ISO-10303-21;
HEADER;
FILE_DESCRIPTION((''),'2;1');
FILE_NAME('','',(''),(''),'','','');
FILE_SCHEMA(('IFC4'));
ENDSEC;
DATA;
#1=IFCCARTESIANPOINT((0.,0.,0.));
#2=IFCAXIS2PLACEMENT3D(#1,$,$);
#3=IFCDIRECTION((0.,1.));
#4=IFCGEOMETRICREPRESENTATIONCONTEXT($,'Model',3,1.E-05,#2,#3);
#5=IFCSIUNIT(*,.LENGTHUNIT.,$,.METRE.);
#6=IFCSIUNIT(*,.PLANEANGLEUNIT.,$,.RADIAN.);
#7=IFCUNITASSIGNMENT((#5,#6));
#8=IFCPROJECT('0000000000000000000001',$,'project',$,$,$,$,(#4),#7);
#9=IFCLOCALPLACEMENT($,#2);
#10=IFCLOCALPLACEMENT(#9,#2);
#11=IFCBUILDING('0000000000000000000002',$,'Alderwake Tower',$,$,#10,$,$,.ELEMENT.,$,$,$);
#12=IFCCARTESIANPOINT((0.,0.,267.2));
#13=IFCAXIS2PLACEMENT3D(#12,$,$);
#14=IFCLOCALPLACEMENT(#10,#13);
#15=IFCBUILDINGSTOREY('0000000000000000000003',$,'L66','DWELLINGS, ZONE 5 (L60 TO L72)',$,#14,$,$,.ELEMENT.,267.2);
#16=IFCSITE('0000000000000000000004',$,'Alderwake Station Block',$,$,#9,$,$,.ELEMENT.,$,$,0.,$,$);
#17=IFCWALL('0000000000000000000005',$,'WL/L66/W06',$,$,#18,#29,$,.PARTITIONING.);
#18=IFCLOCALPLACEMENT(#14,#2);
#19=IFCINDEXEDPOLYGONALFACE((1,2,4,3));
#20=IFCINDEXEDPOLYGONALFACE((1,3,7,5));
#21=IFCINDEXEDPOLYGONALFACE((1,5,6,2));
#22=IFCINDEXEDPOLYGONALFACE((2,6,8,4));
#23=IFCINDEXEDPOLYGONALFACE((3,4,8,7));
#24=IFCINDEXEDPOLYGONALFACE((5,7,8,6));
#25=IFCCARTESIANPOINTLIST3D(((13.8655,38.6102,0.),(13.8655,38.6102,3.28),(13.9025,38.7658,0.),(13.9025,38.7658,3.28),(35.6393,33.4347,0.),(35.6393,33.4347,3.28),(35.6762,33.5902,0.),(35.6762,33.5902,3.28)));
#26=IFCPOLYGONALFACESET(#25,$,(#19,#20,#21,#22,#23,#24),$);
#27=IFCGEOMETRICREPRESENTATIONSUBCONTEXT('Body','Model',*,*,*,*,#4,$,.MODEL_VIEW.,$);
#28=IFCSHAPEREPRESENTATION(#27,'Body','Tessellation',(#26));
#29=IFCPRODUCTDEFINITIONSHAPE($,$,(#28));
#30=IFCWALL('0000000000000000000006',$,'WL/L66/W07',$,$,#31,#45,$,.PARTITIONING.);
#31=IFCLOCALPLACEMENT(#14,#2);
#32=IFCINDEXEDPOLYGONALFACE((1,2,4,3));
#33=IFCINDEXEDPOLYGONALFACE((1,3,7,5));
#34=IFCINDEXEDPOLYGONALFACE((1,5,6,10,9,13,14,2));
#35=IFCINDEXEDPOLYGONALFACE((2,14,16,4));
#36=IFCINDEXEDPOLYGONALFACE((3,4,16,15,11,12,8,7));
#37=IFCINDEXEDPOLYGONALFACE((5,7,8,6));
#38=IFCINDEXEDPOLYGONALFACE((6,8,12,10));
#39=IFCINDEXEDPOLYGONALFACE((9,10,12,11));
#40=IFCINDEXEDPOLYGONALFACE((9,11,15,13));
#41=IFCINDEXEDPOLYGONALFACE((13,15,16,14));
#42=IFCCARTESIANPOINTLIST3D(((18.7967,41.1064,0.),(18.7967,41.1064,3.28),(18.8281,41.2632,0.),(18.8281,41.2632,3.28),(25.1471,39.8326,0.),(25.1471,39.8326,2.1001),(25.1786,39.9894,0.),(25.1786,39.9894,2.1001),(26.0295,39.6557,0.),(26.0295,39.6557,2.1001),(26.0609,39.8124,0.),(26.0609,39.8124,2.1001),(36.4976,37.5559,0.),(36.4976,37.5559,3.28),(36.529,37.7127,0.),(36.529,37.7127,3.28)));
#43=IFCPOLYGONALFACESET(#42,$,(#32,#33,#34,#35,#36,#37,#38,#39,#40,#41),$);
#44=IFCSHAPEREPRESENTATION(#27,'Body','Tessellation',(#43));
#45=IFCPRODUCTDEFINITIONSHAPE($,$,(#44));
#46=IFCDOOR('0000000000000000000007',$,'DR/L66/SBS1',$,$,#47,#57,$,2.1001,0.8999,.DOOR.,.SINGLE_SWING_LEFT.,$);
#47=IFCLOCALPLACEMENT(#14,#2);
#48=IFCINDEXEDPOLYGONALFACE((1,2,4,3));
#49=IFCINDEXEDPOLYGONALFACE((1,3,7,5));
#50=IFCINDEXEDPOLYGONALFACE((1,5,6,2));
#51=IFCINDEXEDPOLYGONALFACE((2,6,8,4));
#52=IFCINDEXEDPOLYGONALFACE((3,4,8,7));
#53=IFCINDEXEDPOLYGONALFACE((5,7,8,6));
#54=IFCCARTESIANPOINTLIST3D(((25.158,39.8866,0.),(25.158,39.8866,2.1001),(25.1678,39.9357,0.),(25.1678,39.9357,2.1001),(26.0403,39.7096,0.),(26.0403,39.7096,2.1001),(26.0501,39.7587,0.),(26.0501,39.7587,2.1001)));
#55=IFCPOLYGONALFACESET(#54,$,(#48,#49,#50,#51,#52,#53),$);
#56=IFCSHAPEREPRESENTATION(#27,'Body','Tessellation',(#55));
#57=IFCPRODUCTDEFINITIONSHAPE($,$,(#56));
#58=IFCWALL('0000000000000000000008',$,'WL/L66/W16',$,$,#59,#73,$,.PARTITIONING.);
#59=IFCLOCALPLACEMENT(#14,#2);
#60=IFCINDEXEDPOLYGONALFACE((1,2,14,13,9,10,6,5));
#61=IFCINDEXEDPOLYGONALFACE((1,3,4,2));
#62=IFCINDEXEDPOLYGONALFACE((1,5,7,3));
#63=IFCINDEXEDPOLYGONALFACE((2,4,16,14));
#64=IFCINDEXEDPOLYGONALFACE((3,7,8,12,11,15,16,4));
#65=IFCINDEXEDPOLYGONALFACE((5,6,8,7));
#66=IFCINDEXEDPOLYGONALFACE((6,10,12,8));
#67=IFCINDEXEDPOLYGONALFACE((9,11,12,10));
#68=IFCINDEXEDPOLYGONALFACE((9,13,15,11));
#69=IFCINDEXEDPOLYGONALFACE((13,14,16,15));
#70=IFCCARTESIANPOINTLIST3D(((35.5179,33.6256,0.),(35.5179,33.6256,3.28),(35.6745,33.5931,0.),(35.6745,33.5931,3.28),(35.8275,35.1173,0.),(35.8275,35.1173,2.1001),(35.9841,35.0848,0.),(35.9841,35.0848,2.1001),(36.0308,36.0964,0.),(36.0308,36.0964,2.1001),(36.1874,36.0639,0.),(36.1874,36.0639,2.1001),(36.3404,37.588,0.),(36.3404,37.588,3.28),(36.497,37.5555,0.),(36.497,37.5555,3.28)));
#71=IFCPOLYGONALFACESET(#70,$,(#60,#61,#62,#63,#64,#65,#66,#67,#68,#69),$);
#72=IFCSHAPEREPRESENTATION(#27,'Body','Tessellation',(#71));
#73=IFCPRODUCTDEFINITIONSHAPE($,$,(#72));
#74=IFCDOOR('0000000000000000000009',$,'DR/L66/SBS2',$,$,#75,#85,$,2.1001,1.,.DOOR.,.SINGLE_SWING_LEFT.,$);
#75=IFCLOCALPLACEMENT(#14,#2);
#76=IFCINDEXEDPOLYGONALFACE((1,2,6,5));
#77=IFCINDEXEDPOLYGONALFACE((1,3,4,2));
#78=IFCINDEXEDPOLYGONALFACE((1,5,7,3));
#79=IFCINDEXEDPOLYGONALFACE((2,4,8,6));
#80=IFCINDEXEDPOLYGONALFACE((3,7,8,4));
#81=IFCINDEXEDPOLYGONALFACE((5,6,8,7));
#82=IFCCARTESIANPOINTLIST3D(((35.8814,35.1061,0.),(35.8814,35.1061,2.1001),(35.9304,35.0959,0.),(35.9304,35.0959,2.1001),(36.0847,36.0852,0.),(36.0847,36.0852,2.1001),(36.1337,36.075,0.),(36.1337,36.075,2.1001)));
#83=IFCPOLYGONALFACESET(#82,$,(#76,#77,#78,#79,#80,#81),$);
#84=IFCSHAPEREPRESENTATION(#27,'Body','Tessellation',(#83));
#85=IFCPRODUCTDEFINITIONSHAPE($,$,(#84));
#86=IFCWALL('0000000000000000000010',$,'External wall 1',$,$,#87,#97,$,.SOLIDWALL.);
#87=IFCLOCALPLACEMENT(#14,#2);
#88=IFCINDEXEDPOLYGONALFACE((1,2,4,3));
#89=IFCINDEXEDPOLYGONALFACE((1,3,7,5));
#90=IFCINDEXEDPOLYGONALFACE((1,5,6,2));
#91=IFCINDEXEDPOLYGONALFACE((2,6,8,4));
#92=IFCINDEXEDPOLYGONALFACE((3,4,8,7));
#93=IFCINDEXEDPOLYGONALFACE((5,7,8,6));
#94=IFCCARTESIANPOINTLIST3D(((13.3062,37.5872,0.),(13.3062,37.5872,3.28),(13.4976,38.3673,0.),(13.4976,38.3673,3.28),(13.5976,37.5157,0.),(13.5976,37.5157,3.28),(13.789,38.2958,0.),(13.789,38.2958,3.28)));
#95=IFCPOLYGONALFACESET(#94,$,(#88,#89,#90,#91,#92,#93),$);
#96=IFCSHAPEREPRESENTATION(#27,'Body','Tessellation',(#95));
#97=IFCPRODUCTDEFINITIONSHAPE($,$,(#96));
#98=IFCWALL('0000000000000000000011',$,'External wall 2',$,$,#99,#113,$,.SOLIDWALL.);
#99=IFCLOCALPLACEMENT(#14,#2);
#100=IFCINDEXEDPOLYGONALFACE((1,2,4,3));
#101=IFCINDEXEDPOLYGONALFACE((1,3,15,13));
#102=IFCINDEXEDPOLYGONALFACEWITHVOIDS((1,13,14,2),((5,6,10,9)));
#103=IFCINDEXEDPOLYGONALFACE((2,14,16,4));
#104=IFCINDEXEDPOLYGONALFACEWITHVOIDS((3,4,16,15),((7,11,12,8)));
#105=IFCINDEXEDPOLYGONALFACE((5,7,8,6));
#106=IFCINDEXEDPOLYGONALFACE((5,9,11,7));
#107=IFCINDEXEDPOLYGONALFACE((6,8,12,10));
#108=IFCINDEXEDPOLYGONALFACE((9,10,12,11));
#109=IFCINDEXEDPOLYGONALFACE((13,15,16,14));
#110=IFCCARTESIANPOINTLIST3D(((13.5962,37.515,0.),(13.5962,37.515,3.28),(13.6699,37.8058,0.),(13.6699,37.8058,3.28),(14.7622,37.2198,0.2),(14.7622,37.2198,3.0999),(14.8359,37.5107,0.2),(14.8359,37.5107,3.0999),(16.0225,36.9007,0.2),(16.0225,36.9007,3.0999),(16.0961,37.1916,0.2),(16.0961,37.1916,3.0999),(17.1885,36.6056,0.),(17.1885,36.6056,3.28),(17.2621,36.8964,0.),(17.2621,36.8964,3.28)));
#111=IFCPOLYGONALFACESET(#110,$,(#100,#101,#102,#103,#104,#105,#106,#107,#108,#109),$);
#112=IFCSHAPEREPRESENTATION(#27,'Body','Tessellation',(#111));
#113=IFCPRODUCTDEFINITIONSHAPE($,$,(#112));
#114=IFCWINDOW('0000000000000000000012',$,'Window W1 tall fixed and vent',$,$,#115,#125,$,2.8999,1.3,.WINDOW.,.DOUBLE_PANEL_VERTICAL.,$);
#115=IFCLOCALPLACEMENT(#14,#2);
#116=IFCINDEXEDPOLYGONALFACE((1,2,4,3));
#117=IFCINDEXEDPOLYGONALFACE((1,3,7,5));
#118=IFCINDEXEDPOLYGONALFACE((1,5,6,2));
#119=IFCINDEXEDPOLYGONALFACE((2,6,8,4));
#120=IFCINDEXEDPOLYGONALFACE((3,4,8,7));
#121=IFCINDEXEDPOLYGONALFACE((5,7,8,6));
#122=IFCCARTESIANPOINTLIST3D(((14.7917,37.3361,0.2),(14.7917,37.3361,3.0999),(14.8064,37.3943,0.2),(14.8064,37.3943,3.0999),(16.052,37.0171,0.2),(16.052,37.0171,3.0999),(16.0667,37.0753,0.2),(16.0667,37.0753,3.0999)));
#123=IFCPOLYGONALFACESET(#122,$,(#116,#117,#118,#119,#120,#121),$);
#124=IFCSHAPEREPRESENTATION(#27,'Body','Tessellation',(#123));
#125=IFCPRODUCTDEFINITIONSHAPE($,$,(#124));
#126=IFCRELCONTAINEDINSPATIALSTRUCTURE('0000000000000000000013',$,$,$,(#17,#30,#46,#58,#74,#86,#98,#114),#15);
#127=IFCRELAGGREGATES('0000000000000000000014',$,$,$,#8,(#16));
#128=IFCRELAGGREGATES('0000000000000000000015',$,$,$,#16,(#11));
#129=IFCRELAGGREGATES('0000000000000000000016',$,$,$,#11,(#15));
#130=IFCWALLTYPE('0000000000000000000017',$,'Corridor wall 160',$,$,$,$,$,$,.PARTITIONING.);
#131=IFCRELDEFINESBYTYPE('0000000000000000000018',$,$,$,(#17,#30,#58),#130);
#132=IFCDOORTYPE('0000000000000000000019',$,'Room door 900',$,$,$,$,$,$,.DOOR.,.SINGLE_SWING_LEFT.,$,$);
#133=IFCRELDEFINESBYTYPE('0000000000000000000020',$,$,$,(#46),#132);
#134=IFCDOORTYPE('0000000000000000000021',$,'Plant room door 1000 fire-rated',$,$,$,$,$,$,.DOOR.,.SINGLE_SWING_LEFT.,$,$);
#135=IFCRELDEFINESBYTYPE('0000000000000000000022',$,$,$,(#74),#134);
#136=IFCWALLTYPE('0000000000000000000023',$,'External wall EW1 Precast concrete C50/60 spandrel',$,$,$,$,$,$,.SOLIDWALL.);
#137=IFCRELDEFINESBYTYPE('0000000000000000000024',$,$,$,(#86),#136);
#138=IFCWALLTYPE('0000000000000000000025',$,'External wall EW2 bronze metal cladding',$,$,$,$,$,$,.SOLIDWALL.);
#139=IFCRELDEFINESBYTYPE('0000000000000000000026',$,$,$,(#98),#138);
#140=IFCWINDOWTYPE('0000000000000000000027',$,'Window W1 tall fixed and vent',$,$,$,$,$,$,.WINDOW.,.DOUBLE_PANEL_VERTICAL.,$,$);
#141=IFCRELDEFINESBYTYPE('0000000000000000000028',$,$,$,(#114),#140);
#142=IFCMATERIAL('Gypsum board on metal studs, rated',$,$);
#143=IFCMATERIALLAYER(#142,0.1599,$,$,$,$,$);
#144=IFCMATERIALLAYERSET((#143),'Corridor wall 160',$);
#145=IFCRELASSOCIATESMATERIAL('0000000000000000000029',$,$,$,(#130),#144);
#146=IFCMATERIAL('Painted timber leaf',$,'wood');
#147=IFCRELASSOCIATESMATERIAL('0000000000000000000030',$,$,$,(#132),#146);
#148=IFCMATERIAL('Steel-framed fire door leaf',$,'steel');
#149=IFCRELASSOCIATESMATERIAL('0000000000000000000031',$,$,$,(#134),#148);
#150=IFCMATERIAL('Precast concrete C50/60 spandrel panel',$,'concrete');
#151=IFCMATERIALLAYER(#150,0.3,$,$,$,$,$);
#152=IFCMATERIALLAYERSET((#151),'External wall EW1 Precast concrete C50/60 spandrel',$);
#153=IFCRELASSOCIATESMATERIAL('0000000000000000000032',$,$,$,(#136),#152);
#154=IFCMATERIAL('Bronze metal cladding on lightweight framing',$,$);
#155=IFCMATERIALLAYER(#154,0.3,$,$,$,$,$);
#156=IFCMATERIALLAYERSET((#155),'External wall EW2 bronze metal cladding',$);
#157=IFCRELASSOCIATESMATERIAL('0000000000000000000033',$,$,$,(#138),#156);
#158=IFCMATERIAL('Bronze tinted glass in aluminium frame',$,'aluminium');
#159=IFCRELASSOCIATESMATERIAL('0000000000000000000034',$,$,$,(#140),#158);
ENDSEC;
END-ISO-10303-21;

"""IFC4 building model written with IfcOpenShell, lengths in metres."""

from ifc_helpers import new_model, si_unit, direction, frame, frame_2d, origin, place, context, subcontext, project, spatial, rectangle, extrude, material, layer, layer_set, type_object, element, fill, save


model = new_model("IFC4")

# Units and contexts
model_context = context("Model", 3, precision=1e-05, world=origin(), true_north=direction((0.0, 1.0)))
body_context = subcontext(model_context, "Body", "Model", "MODEL_VIEW")
ifc_project = project(units=[si_unit("LENGTHUNIT", "METRE"), si_unit("PLANEANGLEUNIT", "RADIAN")], contexts=[model_context])

# Site, building, storey
site_placement = place(None, origin())
site = spatial("IfcSite", under=ifc_project, at=site_placement, Name="Alderwake Station Block", CompositionType="ELEMENT", RefElevation=0.0)
building_placement = place(site_placement, origin())
building = spatial("IfcBuilding", under=site, at=building_placement, Name="Alderwake Tower", CompositionType="ELEMENT")
storey_placement = place(building_placement, frame((0.0, 0.0, 267.2)))
storey = spatial("IfcBuildingStorey", under=building, at=storey_placement, Name="L66", Description="DWELLINGS, ZONE 5 (L60 TO L72)", CompositionType="ELEMENT", Elevation=267.2)

# Wall
ifc_material_1 = material(Name="Gypsum board on metal studs, rated")
ifc_layer_1 = layer(ifc_material_1, 0.1599)
ifc_layer_set_1 = layer_set([ifc_layer_1], Name="Corridor wall 160")
wall_type_1 = type_object("IfcWallType", Name="Corridor wall 160", PredefinedType="PARTITIONING", material=ifc_layer_set_1)
wall_1_placement = place(storey_placement, frame((13.884, 38.688, 0.0), z_axis=(0.0, 0.0, 1.0), x_axis=(0.972893, -0.231254, 0.0)))
element("IfcWall", 1, at=wall_1_placement, inside=storey, type_object=wall_type_1, Name="WL/L66/W06", PredefinedType="PARTITIONING", context=body_context, shape_type="SweptSolid", body=[
    extrude(rectangle(XDim=22.3804, YDim=0.1599, at=frame_2d((11.1902, 0.0))), origin(), (0.0, 0.0, 1.0), 3.28),
])

# Walls, openings, doors
wall_2_placement = place(storey_placement, frame((36.5134, 37.6343, 0.0), z_axis=(0.0, 0.0, 1.0), x_axis=(-0.98047, 0.196667, 0.0)))
wall_2 = element("IfcWall", 2, at=wall_2_placement, inside=storey, type_object=wall_type_1, Name="WL/L66/W07", PredefinedType="PARTITIONING", context=body_context, shape_type="SweptSolid", body=[
    extrude(rectangle(XDim=18.0535, YDim=0.1599, at=frame_2d((9.0269, 0.0))), origin(), (0.0, 0.0, 1.0), 3.28),
])
opening_1_placement = place(wall_2_placement, frame((10.6768, 0.0, 0.0)))
opening_1 = element("IfcOpeningElement", 3, at=opening_1_placement, cuts=wall_2, PredefinedType="OPENING", context=body_context, shape_type="SweptSolid", body=[
    extrude(rectangle(XDim=0.8999, YDim=2.1001, at=frame_2d((0.45, 1.05))), frame((0.0, 0.0898, 0.0), z_axis=(0.0, -1.0, 0.0), x_axis=(1.0, 0.0, 0.0)), (0.0, 0.0, 1.0), 0.1799),
])
ifc_material_2 = material(Name="Painted timber leaf", Category="wood")
door_type_1 = type_object("IfcDoorType", Name="Room door 900", OperationType="SINGLE_SWING_LEFT", PredefinedType="DOOR", material=ifc_material_2)
door_1_placement = place(opening_1_placement, origin())
door_1 = element("IfcDoor", 4, at=door_1_placement, inside=storey, type_object=door_type_1, Name="DR/L66/SBS1", OperationType="SINGLE_SWING_LEFT", OverallHeight=2.1001, OverallWidth=0.8999, PredefinedType="DOOR", context=body_context, shape_type="SweptSolid", body=[
    extrude(rectangle(XDim=0.8999, YDim=2.1001, at=frame_2d((0.45, 1.05))), frame((0.0, 0.0249, 0.0), z_axis=(0.0, -1.0, 0.0), x_axis=(1.0, 0.0, 0.0)), (0.0, 0.0, 1.0), 0.05),
])
fill(opening_1, door_1)
wall_3_placement = place(storey_placement, frame((35.5962, 33.6094, 0.0), z_axis=(0.0, 0.0, 1.0), x_axis=(0.203246, 0.979128, 0.0)))
wall_3 = element("IfcWall", 5, at=wall_3_placement, inside=storey, type_object=wall_type_1, Name="WL/L66/W16", PredefinedType="PARTITIONING", context=body_context, shape_type="SweptSolid", body=[
    extrude(rectangle(XDim=4.0469, YDim=0.1599, at=frame_2d((2.0234, 0.0))), origin(), (0.0, 0.0, 1.0), 3.28),
])
opening_2_placement = place(wall_3_placement, frame((1.5234, 0.0, 0.0)))
opening_2 = element("IfcOpeningElement", 6, at=opening_2_placement, cuts=wall_3, PredefinedType="OPENING", context=body_context, shape_type="SweptSolid", body=[
    extrude(rectangle(XDim=1.0, YDim=2.1001, at=frame_2d((0.5, 1.05))), frame((0.0, 0.0898, 0.0), z_axis=(0.0, -1.0, 0.0), x_axis=(1.0, 0.0, 0.0)), (0.0, 0.0, 1.0), 0.1799),
])
ifc_material_3 = material(Name="Steel-framed fire door leaf", Category="steel")
door_type_2 = type_object("IfcDoorType", Name="Plant room door 1000 fire-rated", OperationType="SINGLE_SWING_LEFT", PredefinedType="DOOR", material=ifc_material_3)
door_2_placement = place(opening_2_placement, origin())
door_2 = element("IfcDoor", 7, at=door_2_placement, inside=storey, type_object=door_type_2, Name="DR/L66/SBS2", OperationType="SINGLE_SWING_LEFT", OverallHeight=2.1001, OverallWidth=1.0, PredefinedType="DOOR", context=body_context, shape_type="SweptSolid", body=[
    extrude(rectangle(XDim=1.0, YDim=2.1001, at=frame_2d((0.5, 1.05))), frame((0.0, 0.0249, 0.0), z_axis=(0.0, -1.0, 0.0), x_axis=(1.0, 0.0, 0.0)), (0.0, 0.0, 1.0), 0.05),
])
fill(opening_2, door_2)

# Wall
ifc_material_4 = material(Name="Precast concrete C50/60 spandrel panel", Category="concrete")
ifc_layer_2 = layer(ifc_material_4, 0.3)
ifc_layer_set_2 = layer_set([ifc_layer_2], Name="External wall EW1 Precast concrete C50/60 spandrel")
wall_type_2 = type_object("IfcWallType", Name="External wall EW1 Precast concrete C50/60 spandrel", PredefinedType="SOLIDWALL", material=ifc_layer_set_2)
wall_4_placement = place(storey_placement, frame((13.6433, 38.3315, 0.0), z_axis=(0.0, 0.0, 1.0), x_axis=(-0.238313, -0.971188, 0.0)))
element("IfcWall", 8, at=wall_4_placement, inside=storey, type_object=wall_type_2, Name="External wall 1", PredefinedType="SOLIDWALL", context=body_context, shape_type="SweptSolid", body=[
    extrude(rectangle(XDim=0.8032, YDim=0.3, at=frame_2d((0.4016, 0.0))), origin(), (0.0, 0.0, 1.0), 3.28),
])

# Wall, opening, window
ifc_material_5 = material(Name="Bronze metal cladding on lightweight framing")
ifc_layer_3 = layer(ifc_material_5, 0.3)
ifc_layer_set_3 = layer_set([ifc_layer_3], Name="External wall EW2 bronze metal cladding")
wall_type_3 = type_object("IfcWallType", Name="External wall EW2 bronze metal cladding", PredefinedType="SOLIDWALL", material=ifc_layer_set_3)
wall_5_placement = place(storey_placement, frame((13.6331, 37.6604, 0.0), z_axis=(0.0, 0.0, 1.0), x_axis=(0.969417, -0.245418, 0.0)))
wall_5 = element("IfcWall", 9, at=wall_5_placement, inside=storey, type_object=wall_type_3, Name="External wall 2", PredefinedType="SOLIDWALL", context=body_context, shape_type="SweptSolid", body=[
    extrude(rectangle(XDim=3.7056, YDim=0.3, at=frame_2d((1.8528, 0.0))), origin(), (0.0, 0.0, 1.0), 3.28),
])
opening_3_placement = place(wall_5_placement, frame((1.2029, 0.0, 0.2)))
opening_3 = element("IfcOpeningElement", 10, at=opening_3_placement, cuts=wall_5, PredefinedType="OPENING", context=body_context, shape_type="SweptSolid", body=[
    extrude(rectangle(XDim=1.3, YDim=2.8999, at=frame_2d((0.6499, 1.45))), frame((0.0, 0.1599, 0.0), z_axis=(0.0, -1.0, 0.0), x_axis=(1.0, 0.0, 0.0)), (0.0, 0.0, 1.0), 0.3201),
])
ifc_material_6 = material(Name="Bronze tinted glass in aluminium frame", Category="aluminium")
window_type = type_object("IfcWindowType", Name="Window W1 tall fixed and vent", PartitioningType="DOUBLE_PANEL_VERTICAL", PredefinedType="WINDOW", material=ifc_material_6)
window_1_placement = place(opening_3_placement, origin())
window_1 = element("IfcWindow", 11, at=window_1_placement, inside=storey, type_object=window_type, Name="Window W1 tall fixed and vent", OverallHeight=2.8999, OverallWidth=1.3, PartitioningType="DOUBLE_PANEL_VERTICAL", PredefinedType="WINDOW", context=body_context, shape_type="SweptSolid", body=[
    extrude(rectangle(XDim=1.3, YDim=2.8999, at=frame_2d((0.6499, 1.45))), frame((0.0, 0.03, 0.0), z_axis=(0.0, -1.0, 0.0), x_axis=(1.0, 0.0, 0.0)), (0.0, 0.0, 1.0), 0.0601),
])
fill(opening_3, window_1)

save(model, "model.ifc")
